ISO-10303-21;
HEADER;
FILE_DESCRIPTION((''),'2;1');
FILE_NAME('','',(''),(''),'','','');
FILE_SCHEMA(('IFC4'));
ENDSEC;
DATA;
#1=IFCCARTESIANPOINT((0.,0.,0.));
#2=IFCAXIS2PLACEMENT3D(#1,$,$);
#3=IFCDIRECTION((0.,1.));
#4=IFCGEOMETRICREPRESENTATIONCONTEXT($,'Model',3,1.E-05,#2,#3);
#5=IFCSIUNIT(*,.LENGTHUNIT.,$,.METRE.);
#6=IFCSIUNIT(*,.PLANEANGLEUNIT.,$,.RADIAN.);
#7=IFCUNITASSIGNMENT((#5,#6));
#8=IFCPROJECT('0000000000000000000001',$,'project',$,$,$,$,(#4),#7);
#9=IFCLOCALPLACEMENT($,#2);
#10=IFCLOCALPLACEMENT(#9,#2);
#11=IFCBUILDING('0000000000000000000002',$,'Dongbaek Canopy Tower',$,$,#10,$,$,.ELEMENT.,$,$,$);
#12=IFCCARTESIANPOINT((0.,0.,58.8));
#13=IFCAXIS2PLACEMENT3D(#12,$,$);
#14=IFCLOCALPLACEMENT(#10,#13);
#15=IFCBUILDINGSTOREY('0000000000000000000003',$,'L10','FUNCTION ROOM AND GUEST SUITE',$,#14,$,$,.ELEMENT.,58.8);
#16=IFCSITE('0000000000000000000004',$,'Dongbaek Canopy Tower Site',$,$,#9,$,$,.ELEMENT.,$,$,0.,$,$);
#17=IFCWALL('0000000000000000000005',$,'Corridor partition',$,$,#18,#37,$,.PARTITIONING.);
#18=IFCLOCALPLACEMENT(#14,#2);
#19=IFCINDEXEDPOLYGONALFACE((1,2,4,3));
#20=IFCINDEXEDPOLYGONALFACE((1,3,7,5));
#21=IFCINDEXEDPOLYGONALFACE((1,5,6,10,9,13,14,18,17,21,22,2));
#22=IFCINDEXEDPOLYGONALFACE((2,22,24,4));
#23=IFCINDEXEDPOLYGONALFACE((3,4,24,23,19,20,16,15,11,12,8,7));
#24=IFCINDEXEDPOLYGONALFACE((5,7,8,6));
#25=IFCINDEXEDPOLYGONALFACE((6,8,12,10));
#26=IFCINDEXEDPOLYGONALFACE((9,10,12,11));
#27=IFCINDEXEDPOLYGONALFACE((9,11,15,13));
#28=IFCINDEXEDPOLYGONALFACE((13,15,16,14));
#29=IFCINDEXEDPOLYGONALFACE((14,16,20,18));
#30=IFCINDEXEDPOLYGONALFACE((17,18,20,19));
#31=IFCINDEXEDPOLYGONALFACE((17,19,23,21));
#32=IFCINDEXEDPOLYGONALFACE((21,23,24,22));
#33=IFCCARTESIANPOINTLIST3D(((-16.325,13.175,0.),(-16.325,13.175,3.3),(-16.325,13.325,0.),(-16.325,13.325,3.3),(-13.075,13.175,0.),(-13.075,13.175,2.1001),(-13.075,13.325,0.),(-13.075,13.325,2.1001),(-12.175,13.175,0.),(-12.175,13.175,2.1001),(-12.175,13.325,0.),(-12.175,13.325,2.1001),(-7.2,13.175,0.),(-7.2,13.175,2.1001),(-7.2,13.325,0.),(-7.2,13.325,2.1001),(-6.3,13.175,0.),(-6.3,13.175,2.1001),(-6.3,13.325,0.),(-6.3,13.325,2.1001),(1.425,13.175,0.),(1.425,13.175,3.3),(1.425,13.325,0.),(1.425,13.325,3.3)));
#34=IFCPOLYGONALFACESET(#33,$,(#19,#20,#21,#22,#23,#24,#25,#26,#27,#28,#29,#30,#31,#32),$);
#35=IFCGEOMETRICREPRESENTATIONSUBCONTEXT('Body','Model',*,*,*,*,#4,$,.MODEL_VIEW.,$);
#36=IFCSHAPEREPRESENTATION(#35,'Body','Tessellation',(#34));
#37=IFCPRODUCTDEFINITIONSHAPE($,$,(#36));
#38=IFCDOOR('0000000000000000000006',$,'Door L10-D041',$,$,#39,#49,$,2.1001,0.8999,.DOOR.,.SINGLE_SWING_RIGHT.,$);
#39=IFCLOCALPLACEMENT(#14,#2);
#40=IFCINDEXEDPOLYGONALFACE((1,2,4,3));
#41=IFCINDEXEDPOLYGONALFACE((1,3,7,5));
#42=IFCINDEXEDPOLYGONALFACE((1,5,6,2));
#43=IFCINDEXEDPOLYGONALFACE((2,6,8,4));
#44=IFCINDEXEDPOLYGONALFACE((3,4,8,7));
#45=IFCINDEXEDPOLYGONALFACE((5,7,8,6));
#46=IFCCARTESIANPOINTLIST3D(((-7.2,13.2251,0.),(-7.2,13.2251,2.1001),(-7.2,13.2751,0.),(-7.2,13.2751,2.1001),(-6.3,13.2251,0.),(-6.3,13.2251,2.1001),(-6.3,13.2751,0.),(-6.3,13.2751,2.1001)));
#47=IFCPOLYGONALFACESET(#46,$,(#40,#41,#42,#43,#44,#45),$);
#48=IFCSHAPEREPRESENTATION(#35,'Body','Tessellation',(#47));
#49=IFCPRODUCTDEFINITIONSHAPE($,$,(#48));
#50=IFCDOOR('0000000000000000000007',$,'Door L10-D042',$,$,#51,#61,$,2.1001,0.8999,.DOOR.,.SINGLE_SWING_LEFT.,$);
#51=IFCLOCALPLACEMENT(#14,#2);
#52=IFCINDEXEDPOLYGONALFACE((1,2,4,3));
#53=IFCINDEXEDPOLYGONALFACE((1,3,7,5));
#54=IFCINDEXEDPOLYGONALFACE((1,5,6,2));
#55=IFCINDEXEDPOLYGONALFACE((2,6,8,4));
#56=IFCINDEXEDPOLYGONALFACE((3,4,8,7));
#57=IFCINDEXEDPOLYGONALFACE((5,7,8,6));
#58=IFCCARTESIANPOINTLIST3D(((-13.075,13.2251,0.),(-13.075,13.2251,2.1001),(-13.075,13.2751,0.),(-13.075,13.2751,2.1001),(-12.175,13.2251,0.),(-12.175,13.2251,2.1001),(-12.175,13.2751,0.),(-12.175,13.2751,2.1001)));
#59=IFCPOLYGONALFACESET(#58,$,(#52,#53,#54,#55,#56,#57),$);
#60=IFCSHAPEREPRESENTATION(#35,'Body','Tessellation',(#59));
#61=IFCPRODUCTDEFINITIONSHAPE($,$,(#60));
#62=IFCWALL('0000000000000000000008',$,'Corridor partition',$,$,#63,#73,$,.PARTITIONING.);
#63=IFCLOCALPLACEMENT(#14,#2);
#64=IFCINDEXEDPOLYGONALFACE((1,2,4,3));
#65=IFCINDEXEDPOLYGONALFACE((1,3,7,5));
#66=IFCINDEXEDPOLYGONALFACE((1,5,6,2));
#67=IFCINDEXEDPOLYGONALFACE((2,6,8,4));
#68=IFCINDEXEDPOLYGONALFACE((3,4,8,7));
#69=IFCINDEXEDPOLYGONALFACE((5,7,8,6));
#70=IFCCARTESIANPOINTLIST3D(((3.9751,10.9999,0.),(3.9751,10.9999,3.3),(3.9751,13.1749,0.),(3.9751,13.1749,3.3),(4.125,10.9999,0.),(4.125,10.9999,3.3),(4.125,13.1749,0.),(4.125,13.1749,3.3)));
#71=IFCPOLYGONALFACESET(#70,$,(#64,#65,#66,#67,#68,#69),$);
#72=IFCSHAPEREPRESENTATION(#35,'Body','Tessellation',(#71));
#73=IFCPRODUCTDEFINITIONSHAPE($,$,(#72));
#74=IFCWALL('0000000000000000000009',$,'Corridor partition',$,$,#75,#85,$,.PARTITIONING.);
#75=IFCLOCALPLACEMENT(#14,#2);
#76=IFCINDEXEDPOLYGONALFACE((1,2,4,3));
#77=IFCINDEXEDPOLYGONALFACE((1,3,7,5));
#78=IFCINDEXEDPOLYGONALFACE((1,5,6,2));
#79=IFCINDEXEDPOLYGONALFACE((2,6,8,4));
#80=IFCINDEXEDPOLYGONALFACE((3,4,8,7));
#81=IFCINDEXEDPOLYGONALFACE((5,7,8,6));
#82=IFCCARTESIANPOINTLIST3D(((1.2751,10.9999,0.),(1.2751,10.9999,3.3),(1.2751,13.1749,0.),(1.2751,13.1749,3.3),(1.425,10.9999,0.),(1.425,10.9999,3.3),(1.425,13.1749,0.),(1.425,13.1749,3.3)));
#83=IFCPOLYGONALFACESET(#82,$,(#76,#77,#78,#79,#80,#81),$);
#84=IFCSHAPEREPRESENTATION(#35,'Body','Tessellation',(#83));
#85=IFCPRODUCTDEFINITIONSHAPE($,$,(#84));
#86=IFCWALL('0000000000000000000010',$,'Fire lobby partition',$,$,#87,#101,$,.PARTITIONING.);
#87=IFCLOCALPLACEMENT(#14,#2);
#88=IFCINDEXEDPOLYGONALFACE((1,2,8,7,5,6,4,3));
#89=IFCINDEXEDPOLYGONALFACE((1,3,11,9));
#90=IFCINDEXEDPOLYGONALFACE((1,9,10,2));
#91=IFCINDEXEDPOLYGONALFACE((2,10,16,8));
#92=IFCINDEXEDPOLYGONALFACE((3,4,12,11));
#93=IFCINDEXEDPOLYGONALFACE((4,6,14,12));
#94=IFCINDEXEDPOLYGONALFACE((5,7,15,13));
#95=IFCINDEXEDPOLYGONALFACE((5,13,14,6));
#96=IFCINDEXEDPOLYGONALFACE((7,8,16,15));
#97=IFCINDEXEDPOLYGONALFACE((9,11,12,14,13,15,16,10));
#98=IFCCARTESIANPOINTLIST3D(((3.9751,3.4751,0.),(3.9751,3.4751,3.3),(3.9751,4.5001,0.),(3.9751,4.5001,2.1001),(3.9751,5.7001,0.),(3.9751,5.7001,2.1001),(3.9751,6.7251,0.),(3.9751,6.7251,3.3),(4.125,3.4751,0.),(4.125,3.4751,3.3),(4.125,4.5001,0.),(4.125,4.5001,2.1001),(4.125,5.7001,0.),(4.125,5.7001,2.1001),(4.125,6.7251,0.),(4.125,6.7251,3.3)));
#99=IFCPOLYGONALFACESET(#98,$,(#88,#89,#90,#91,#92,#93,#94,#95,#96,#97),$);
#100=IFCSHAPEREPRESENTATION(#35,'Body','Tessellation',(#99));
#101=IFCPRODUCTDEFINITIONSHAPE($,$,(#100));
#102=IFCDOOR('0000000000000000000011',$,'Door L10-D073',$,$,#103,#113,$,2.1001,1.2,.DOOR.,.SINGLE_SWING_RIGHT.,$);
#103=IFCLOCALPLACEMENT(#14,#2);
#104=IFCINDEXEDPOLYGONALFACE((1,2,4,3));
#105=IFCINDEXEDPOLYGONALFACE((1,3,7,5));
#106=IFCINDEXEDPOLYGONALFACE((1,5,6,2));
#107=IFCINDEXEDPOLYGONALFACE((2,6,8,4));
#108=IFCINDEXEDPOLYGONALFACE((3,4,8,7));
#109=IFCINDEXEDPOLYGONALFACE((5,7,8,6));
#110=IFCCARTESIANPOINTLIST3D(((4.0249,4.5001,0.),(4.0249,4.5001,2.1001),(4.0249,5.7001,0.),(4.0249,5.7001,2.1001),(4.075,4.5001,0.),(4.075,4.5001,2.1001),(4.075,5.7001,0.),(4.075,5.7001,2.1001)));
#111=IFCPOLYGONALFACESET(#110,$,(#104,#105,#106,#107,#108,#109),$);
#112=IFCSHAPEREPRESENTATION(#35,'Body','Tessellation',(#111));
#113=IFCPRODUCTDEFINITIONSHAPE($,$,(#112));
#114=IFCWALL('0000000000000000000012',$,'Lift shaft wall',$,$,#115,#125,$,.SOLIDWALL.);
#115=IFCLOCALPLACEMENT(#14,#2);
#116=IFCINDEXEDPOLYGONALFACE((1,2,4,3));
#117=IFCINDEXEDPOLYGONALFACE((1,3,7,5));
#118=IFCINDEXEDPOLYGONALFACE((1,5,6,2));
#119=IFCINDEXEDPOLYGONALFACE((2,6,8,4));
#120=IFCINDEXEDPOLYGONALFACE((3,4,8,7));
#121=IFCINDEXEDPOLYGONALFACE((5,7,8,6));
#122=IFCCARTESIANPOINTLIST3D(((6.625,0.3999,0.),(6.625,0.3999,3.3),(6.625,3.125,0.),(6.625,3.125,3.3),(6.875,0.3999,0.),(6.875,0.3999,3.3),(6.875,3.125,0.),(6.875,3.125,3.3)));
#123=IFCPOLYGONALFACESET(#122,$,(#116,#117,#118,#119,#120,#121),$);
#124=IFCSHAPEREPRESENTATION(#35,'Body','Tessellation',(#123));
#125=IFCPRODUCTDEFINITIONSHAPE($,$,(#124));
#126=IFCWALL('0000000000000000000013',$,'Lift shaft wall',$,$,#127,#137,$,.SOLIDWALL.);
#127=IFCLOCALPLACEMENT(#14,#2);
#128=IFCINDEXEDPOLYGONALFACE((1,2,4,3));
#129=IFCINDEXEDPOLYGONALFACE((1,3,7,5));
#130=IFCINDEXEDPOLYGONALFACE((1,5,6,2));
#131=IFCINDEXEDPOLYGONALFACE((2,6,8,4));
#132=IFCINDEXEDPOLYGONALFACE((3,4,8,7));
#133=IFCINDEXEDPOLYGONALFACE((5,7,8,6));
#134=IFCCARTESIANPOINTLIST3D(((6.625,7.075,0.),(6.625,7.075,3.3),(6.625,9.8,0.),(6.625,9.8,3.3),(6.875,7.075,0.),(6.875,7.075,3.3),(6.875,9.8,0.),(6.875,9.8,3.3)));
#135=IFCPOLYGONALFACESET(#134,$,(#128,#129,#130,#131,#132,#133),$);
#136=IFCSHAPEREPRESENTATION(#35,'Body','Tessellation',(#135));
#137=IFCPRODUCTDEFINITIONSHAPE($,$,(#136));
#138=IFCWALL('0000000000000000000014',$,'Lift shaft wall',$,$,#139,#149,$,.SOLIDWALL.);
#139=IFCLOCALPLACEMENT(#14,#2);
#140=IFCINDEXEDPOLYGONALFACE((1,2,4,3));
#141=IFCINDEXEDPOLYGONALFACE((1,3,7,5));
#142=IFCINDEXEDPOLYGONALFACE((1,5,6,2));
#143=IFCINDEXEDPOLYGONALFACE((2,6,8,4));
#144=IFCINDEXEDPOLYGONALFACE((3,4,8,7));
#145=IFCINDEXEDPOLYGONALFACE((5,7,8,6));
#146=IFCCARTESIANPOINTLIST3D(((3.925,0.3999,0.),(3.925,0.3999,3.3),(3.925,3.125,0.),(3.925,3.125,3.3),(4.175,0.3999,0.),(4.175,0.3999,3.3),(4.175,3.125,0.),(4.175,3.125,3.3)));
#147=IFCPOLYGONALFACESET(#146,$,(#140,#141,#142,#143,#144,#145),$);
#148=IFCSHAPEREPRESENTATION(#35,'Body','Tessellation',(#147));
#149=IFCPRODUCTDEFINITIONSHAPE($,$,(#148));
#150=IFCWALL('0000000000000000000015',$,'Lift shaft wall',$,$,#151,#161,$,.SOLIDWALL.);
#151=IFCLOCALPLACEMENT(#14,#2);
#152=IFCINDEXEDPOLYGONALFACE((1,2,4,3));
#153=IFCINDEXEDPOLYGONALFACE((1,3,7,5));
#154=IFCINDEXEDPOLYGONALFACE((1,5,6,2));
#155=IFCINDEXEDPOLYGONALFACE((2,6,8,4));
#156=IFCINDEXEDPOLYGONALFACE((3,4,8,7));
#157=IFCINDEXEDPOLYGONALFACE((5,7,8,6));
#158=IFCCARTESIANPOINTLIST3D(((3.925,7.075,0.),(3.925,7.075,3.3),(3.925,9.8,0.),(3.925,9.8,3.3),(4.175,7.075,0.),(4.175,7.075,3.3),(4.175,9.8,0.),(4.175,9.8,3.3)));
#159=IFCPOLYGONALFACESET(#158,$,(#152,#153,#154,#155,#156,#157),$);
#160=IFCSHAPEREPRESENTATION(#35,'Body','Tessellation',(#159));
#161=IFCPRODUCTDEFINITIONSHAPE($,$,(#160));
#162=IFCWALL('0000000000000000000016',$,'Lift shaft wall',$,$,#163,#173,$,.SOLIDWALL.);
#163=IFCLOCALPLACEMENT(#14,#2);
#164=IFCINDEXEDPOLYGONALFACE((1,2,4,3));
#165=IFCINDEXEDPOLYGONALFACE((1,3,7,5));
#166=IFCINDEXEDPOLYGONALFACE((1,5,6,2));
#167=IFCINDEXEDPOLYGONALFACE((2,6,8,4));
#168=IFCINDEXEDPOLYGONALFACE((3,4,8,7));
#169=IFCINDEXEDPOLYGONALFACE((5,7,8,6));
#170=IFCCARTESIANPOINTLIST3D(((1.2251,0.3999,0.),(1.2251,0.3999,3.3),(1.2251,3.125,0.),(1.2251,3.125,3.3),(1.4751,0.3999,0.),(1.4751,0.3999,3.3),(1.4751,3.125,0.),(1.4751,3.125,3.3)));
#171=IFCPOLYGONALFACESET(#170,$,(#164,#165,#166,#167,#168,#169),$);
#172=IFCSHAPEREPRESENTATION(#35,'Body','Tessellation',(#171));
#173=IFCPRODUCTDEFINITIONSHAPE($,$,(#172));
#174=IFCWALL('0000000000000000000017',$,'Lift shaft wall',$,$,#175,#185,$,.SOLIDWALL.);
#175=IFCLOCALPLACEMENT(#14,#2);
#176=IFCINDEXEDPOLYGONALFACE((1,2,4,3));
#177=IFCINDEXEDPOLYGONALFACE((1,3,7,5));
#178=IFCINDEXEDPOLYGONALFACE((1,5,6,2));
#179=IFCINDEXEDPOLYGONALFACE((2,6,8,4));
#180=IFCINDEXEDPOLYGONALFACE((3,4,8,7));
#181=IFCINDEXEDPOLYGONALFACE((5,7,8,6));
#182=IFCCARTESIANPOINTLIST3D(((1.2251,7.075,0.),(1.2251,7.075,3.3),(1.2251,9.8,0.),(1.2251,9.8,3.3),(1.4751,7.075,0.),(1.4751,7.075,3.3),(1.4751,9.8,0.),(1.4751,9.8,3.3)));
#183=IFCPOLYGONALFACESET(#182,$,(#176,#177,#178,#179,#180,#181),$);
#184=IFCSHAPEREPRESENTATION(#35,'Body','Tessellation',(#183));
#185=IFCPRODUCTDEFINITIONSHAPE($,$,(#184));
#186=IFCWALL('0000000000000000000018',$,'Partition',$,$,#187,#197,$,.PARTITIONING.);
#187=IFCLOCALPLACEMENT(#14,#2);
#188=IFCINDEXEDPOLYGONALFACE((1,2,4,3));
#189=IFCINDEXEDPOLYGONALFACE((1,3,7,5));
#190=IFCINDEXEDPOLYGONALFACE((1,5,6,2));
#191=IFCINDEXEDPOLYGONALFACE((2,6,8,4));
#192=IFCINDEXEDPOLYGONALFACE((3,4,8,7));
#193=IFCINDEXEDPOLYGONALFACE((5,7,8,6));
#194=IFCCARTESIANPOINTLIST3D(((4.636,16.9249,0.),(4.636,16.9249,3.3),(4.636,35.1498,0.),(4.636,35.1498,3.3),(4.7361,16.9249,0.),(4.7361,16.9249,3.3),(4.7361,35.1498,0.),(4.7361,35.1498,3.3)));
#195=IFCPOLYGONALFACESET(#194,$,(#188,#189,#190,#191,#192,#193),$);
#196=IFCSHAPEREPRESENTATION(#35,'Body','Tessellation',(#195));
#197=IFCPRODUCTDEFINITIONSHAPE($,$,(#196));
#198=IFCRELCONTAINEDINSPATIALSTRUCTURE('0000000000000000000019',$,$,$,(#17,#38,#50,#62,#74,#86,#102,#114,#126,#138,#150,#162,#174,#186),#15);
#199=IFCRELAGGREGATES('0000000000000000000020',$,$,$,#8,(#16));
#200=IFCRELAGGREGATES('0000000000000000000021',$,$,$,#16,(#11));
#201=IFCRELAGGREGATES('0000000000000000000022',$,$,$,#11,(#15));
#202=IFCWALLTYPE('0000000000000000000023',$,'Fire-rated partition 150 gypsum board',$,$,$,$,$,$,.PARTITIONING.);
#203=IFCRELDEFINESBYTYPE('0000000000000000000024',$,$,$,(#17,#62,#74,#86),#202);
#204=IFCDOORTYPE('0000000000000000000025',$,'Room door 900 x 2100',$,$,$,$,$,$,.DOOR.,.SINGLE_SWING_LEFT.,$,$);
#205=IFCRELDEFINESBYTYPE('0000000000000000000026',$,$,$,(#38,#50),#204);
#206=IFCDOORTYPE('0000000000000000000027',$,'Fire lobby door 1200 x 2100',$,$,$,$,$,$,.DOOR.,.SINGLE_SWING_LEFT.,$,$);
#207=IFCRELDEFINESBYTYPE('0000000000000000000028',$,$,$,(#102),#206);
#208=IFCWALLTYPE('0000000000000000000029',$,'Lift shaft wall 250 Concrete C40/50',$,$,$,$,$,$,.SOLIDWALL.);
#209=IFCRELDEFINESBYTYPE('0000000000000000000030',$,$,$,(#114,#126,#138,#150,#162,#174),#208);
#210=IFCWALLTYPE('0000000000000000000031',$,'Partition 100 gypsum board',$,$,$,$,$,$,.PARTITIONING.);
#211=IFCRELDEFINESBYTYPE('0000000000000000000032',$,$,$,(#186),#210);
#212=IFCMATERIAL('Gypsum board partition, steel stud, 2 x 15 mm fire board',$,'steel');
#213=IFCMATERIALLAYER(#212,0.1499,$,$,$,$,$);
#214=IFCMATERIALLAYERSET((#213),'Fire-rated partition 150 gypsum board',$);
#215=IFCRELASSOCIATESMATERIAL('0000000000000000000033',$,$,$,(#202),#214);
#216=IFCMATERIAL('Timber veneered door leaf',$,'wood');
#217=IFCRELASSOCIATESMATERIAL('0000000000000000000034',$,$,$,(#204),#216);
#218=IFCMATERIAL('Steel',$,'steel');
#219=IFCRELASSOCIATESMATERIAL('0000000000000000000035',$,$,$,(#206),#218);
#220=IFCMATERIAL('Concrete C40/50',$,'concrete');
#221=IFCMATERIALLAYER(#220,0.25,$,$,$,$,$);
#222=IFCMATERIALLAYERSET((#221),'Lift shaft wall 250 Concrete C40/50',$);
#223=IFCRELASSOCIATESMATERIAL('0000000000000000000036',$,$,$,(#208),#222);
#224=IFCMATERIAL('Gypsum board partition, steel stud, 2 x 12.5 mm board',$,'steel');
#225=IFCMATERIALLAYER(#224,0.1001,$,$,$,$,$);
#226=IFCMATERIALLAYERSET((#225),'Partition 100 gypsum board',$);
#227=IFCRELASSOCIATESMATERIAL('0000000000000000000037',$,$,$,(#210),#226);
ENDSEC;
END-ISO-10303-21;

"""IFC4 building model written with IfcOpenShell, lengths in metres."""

from ifc_helpers import new_model, si_unit, direction, frame, frame_2d, origin, place, context, subcontext, project, spatial, rectangle, extrude, material, layer, layer_set, type_object, element, fill, save


model = new_model("IFC4")

# Units and contexts
model_context = context("Model", 3, precision=1e-05, world=origin(), true_north=direction((0.0, 1.0)))
body_context = subcontext(model_context, "Body", "Model", "MODEL_VIEW")
ifc_project = project(units=[si_unit("LENGTHUNIT", "METRE"), si_unit("PLANEANGLEUNIT", "RADIAN")], contexts=[model_context])

# Site, building, storey
site_placement = place(None, origin())
site = spatial("IfcSite", under=ifc_project, at=site_placement, Name="Dongbaek Canopy Tower Site", CompositionType="ELEMENT", RefElevation=0.0)
building_placement = place(site_placement, origin())
building = spatial("IfcBuilding", under=site, at=building_placement, Name="Dongbaek Canopy Tower", CompositionType="ELEMENT")
storey_placement = place(building_placement, frame((0.0, 0.0, 58.8)))
storey = spatial("IfcBuildingStorey", under=building, at=storey_placement, Name="L10", Description="FUNCTION ROOM AND GUEST SUITE", CompositionType="ELEMENT", Elevation=58.8)

# Wall, openings, doors
ifc_material_1 = material(Name="Gypsum board partition, steel stud, 2 x 15 mm fire board", Category="steel")
ifc_layer_1 = layer(ifc_material_1, 0.1499)
ifc_layer_set_1 = layer_set([ifc_layer_1], Name="Fire-rated partition 150 gypsum board")
wall_type_1 = type_object("IfcWallType", Name="Fire-rated partition 150 gypsum board", PredefinedType="PARTITIONING", material=ifc_layer_set_1)
wall_1_placement = place(storey_placement, frame((1.425, 13.25, 0.0), z_axis=(0.0, 0.0, 1.0), x_axis=(-1.0, 0.0, 0.0)))
wall_1 = element("IfcWall", 1, at=wall_1_placement, inside=storey, type_object=wall_type_1, Name="Corridor partition", PredefinedType="PARTITIONING", context=body_context, shape_type="SweptSolid", body=[
    extrude(rectangle(XDim=17.75, YDim=0.1499, at=frame_2d((8.875, 0.0))), origin(), (0.0, 0.0, 1.0), 3.3),
])
opening_1_placement = place(wall_1_placement, frame((7.7251, 0.0, 0.0)))
opening_1 = element("IfcOpeningElement", 2, at=opening_1_placement, cuts=wall_1, PredefinedType="OPENING", context=body_context, shape_type="SweptSolid", body=[
    extrude(rectangle(XDim=0.8999, YDim=2.1001, at=frame_2d((0.45, 1.05))), frame((0.0, 0.085, 0.0), z_axis=(0.0, -1.0, 0.0), x_axis=(1.0, 0.0, 0.0)), (0.0, 0.0, 1.0), 0.1699),
])
opening_2_placement = place(wall_1_placement, frame((13.6001, 0.0, 0.0)))
opening_2 = element("IfcOpeningElement", 3, at=opening_2_placement, cuts=wall_1, PredefinedType="OPENING", context=body_context, shape_type="SweptSolid", body=[
    extrude(rectangle(XDim=0.8999, YDim=2.1001, at=frame_2d((0.45, 1.05))), frame((0.0, 0.085, 0.0), z_axis=(0.0, -1.0, 0.0), x_axis=(1.0, 0.0, 0.0)), (0.0, 0.0, 1.0), 0.1699),
])
ifc_material_2 = material(Name="Timber veneered door leaf", Category="wood")
door_type_1 = type_object("IfcDoorType", Name="Room door 900 x 2100", OperationType="SINGLE_SWING_LEFT", PredefinedType="DOOR", material=ifc_material_2)
door_1_placement = place(opening_1_placement, origin())
door_1 = element("IfcDoor", 4, at=door_1_placement, inside=storey, type_object=door_type_1, Name="Door L10-D041", OperationType="SINGLE_SWING_RIGHT", OverallHeight=2.1001, OverallWidth=0.8999, PredefinedType="DOOR", context=body_context, shape_type="SweptSolid", body=[
    extrude(rectangle(XDim=0.8999, YDim=2.1001, at=frame_2d((0.45, 1.05))), frame((0.0, 0.0249, 0.0), z_axis=(0.0, -1.0, 0.0), x_axis=(1.0, 0.0, 0.0)), (0.0, 0.0, 1.0), 0.05),
])
fill(opening_1, door_1)
door_2_placement = place(opening_2_placement, origin())
door_2 = element("IfcDoor", 5, at=door_2_placement, inside=storey, type_object=door_type_1, Name="Door L10-D042", OperationType="SINGLE_SWING_LEFT", OverallHeight=2.1001, OverallWidth=0.8999, PredefinedType="DOOR", context=body_context, shape_type="SweptSolid", body=[
    extrude(rectangle(XDim=0.8999, YDim=2.1001, at=frame_2d((0.45, 1.05))), frame((0.0, 0.0249, 0.0), z_axis=(0.0, -1.0, 0.0), x_axis=(1.0, 0.0, 0.0)), (0.0, 0.0, 1.0), 0.05),
])
fill(opening_2, door_2)

# Walls
for number, where, z_axis, x_axis, name in (
    (6, (4.05, 11.0, 0.0), (0.0, 0.0, 1.0), (0.0, 1.0, 0.0), "Corridor partition"),
    (7, (1.3501, 11.0, 0.0), (0.0, 0.0, 1.0), (0.0, 1.0, 0.0), "Corridor partition"),
):
    element("IfcWall", number, at=place(storey_placement, frame(where, z_axis=z_axis, x_axis=x_axis)), inside=storey, type_object=wall_type_1, Name=name, PredefinedType="PARTITIONING", context=body_context, shape_type="SweptSolid", body=[
        extrude(rectangle(XDim=2.175, YDim=0.1499, at=frame_2d((1.0874, 0.0))), origin(), (0.0, 0.0, 1.0), 3.3),
    ])

# Wall, opening, door
wall_2_placement = place(storey_placement, frame((4.05, 6.7251, 0.0), z_axis=(0.0, 0.0, 1.0), x_axis=(0.0, -1.0, 0.0)))
wall_2 = element("IfcWall", 8, at=wall_2_placement, inside=storey, type_object=wall_type_1, Name="Fire lobby partition", PredefinedType="PARTITIONING", context=body_context, shape_type="SweptSolid", body=[
    extrude(rectangle(XDim=3.25, YDim=0.1499, at=frame_2d((1.625, 0.0))), origin(), (0.0, 0.0, 1.0), 3.3),
])
opening_3_placement = place(wall_2_placement, frame((1.0249, 0.0, 0.0)))
opening_3 = element("IfcOpeningElement", 9, at=opening_3_placement, cuts=wall_2, PredefinedType="OPENING", context=body_context, shape_type="SweptSolid", body=[
    extrude(rectangle(XDim=1.2, YDim=2.1001, at=frame_2d((0.6001, 1.05))), frame((0.0, 0.085, 0.0), z_axis=(0.0, -1.0, 0.0), x_axis=(1.0, 0.0, 0.0)), (0.0, 0.0, 1.0), 0.1699),
])
ifc_material_3 = material(Name="Steel", Category="steel")
door_type_2 = type_object("IfcDoorType", Name="Fire lobby door 1200 x 2100", OperationType="SINGLE_SWING_LEFT", PredefinedType="DOOR", material=ifc_material_3)
door_3_placement = place(opening_3_placement, origin())
door_3 = element("IfcDoor", 10, at=door_3_placement, inside=storey, type_object=door_type_2, Name="Door L10-D073", OperationType="SINGLE_SWING_RIGHT", OverallHeight=2.1001, OverallWidth=1.2, PredefinedType="DOOR", context=body_context, shape_type="SweptSolid", body=[
    extrude(rectangle(XDim=1.2, YDim=2.1001, at=frame_2d((0.6001, 1.05))), frame((0.0, 0.0249, 0.0), z_axis=(0.0, -1.0, 0.0), x_axis=(1.0, 0.0, 0.0)), (0.0, 0.0, 1.0), 0.05),
])
fill(opening_3, door_3)

# Walls
ifc_material_4 = material(Name="Concrete C40/50", Category="concrete")
ifc_layer_2 = layer(ifc_material_4, 0.25)
ifc_layer_set_2 = layer_set([ifc_layer_2], Name="Lift shaft wall 250 Concrete C40/50")
wall_type_2 = type_object("IfcWallType", Name="Lift shaft wall 250 Concrete C40/50", PredefinedType="SOLIDWALL", material=ifc_layer_set_2)
for number, where, z_axis, x_axis, name in (
    (11, (6.75, 0.3999, 0.0), (0.0, 0.0, 1.0), (0.0, 1.0, 0.0), "Lift shaft wall"),
    (12, (6.75, 7.075, 0.0), (0.0, 0.0, 1.0), (0.0, 1.0, 0.0), "Lift shaft wall"),
    (13, (4.05, 0.3999, 0.0), (0.0, 0.0, 1.0), (0.0, 1.0, 0.0), "Lift shaft wall"),
    (14, (4.05, 7.075, 0.0), (0.0, 0.0, 1.0), (0.0, 1.0, 0.0), "Lift shaft wall"),
    (15, (1.3501, 0.3999, 0.0), (0.0, 0.0, 1.0), (0.0, 1.0, 0.0), "Lift shaft wall"),
    (16, (1.3501, 7.075, 0.0), (0.0, 0.0, 1.0), (0.0, 1.0, 0.0), "Lift shaft wall"),
):
    element("IfcWall", number, at=place(storey_placement, frame(where, z_axis=z_axis, x_axis=x_axis)), inside=storey, type_object=wall_type_2, Name=name, PredefinedType="SOLIDWALL", context=body_context, shape_type="SweptSolid", body=[
        extrude(rectangle(XDim=2.7251, YDim=0.25, at=frame_2d((1.3625, 0.0))), origin(), (0.0, 0.0, 1.0), 3.3),
    ])
ifc_material_5 = material(Name="Gypsum board partition, steel stud, 2 x 12.5 mm board", Category="steel")
ifc_layer_3 = layer(ifc_material_5, 0.1001)
ifc_layer_set_3 = layer_set([ifc_layer_3], Name="Partition 100 gypsum board")
wall_type_3 = type_object("IfcWallType", Name="Partition 100 gypsum board", PredefinedType="PARTITIONING", material=ifc_layer_set_3)
wall_3_placement = place(storey_placement, frame((4.686, 16.925, 0.0), z_axis=(0.0, 0.0, 1.0), x_axis=(0.0, 1.0, 0.0)))
element("IfcWall", 17, at=wall_3_placement, inside=storey, type_object=wall_type_3, Name="Partition", PredefinedType="PARTITIONING", context=body_context, shape_type="SweptSolid", body=[
    extrude(rectangle(XDim=18.2249, YDim=0.1001, at=frame_2d((9.1123, 0.0))), origin(), (0.0, 0.0, 1.0), 3.3),
])

save(model, "model.ifc")
